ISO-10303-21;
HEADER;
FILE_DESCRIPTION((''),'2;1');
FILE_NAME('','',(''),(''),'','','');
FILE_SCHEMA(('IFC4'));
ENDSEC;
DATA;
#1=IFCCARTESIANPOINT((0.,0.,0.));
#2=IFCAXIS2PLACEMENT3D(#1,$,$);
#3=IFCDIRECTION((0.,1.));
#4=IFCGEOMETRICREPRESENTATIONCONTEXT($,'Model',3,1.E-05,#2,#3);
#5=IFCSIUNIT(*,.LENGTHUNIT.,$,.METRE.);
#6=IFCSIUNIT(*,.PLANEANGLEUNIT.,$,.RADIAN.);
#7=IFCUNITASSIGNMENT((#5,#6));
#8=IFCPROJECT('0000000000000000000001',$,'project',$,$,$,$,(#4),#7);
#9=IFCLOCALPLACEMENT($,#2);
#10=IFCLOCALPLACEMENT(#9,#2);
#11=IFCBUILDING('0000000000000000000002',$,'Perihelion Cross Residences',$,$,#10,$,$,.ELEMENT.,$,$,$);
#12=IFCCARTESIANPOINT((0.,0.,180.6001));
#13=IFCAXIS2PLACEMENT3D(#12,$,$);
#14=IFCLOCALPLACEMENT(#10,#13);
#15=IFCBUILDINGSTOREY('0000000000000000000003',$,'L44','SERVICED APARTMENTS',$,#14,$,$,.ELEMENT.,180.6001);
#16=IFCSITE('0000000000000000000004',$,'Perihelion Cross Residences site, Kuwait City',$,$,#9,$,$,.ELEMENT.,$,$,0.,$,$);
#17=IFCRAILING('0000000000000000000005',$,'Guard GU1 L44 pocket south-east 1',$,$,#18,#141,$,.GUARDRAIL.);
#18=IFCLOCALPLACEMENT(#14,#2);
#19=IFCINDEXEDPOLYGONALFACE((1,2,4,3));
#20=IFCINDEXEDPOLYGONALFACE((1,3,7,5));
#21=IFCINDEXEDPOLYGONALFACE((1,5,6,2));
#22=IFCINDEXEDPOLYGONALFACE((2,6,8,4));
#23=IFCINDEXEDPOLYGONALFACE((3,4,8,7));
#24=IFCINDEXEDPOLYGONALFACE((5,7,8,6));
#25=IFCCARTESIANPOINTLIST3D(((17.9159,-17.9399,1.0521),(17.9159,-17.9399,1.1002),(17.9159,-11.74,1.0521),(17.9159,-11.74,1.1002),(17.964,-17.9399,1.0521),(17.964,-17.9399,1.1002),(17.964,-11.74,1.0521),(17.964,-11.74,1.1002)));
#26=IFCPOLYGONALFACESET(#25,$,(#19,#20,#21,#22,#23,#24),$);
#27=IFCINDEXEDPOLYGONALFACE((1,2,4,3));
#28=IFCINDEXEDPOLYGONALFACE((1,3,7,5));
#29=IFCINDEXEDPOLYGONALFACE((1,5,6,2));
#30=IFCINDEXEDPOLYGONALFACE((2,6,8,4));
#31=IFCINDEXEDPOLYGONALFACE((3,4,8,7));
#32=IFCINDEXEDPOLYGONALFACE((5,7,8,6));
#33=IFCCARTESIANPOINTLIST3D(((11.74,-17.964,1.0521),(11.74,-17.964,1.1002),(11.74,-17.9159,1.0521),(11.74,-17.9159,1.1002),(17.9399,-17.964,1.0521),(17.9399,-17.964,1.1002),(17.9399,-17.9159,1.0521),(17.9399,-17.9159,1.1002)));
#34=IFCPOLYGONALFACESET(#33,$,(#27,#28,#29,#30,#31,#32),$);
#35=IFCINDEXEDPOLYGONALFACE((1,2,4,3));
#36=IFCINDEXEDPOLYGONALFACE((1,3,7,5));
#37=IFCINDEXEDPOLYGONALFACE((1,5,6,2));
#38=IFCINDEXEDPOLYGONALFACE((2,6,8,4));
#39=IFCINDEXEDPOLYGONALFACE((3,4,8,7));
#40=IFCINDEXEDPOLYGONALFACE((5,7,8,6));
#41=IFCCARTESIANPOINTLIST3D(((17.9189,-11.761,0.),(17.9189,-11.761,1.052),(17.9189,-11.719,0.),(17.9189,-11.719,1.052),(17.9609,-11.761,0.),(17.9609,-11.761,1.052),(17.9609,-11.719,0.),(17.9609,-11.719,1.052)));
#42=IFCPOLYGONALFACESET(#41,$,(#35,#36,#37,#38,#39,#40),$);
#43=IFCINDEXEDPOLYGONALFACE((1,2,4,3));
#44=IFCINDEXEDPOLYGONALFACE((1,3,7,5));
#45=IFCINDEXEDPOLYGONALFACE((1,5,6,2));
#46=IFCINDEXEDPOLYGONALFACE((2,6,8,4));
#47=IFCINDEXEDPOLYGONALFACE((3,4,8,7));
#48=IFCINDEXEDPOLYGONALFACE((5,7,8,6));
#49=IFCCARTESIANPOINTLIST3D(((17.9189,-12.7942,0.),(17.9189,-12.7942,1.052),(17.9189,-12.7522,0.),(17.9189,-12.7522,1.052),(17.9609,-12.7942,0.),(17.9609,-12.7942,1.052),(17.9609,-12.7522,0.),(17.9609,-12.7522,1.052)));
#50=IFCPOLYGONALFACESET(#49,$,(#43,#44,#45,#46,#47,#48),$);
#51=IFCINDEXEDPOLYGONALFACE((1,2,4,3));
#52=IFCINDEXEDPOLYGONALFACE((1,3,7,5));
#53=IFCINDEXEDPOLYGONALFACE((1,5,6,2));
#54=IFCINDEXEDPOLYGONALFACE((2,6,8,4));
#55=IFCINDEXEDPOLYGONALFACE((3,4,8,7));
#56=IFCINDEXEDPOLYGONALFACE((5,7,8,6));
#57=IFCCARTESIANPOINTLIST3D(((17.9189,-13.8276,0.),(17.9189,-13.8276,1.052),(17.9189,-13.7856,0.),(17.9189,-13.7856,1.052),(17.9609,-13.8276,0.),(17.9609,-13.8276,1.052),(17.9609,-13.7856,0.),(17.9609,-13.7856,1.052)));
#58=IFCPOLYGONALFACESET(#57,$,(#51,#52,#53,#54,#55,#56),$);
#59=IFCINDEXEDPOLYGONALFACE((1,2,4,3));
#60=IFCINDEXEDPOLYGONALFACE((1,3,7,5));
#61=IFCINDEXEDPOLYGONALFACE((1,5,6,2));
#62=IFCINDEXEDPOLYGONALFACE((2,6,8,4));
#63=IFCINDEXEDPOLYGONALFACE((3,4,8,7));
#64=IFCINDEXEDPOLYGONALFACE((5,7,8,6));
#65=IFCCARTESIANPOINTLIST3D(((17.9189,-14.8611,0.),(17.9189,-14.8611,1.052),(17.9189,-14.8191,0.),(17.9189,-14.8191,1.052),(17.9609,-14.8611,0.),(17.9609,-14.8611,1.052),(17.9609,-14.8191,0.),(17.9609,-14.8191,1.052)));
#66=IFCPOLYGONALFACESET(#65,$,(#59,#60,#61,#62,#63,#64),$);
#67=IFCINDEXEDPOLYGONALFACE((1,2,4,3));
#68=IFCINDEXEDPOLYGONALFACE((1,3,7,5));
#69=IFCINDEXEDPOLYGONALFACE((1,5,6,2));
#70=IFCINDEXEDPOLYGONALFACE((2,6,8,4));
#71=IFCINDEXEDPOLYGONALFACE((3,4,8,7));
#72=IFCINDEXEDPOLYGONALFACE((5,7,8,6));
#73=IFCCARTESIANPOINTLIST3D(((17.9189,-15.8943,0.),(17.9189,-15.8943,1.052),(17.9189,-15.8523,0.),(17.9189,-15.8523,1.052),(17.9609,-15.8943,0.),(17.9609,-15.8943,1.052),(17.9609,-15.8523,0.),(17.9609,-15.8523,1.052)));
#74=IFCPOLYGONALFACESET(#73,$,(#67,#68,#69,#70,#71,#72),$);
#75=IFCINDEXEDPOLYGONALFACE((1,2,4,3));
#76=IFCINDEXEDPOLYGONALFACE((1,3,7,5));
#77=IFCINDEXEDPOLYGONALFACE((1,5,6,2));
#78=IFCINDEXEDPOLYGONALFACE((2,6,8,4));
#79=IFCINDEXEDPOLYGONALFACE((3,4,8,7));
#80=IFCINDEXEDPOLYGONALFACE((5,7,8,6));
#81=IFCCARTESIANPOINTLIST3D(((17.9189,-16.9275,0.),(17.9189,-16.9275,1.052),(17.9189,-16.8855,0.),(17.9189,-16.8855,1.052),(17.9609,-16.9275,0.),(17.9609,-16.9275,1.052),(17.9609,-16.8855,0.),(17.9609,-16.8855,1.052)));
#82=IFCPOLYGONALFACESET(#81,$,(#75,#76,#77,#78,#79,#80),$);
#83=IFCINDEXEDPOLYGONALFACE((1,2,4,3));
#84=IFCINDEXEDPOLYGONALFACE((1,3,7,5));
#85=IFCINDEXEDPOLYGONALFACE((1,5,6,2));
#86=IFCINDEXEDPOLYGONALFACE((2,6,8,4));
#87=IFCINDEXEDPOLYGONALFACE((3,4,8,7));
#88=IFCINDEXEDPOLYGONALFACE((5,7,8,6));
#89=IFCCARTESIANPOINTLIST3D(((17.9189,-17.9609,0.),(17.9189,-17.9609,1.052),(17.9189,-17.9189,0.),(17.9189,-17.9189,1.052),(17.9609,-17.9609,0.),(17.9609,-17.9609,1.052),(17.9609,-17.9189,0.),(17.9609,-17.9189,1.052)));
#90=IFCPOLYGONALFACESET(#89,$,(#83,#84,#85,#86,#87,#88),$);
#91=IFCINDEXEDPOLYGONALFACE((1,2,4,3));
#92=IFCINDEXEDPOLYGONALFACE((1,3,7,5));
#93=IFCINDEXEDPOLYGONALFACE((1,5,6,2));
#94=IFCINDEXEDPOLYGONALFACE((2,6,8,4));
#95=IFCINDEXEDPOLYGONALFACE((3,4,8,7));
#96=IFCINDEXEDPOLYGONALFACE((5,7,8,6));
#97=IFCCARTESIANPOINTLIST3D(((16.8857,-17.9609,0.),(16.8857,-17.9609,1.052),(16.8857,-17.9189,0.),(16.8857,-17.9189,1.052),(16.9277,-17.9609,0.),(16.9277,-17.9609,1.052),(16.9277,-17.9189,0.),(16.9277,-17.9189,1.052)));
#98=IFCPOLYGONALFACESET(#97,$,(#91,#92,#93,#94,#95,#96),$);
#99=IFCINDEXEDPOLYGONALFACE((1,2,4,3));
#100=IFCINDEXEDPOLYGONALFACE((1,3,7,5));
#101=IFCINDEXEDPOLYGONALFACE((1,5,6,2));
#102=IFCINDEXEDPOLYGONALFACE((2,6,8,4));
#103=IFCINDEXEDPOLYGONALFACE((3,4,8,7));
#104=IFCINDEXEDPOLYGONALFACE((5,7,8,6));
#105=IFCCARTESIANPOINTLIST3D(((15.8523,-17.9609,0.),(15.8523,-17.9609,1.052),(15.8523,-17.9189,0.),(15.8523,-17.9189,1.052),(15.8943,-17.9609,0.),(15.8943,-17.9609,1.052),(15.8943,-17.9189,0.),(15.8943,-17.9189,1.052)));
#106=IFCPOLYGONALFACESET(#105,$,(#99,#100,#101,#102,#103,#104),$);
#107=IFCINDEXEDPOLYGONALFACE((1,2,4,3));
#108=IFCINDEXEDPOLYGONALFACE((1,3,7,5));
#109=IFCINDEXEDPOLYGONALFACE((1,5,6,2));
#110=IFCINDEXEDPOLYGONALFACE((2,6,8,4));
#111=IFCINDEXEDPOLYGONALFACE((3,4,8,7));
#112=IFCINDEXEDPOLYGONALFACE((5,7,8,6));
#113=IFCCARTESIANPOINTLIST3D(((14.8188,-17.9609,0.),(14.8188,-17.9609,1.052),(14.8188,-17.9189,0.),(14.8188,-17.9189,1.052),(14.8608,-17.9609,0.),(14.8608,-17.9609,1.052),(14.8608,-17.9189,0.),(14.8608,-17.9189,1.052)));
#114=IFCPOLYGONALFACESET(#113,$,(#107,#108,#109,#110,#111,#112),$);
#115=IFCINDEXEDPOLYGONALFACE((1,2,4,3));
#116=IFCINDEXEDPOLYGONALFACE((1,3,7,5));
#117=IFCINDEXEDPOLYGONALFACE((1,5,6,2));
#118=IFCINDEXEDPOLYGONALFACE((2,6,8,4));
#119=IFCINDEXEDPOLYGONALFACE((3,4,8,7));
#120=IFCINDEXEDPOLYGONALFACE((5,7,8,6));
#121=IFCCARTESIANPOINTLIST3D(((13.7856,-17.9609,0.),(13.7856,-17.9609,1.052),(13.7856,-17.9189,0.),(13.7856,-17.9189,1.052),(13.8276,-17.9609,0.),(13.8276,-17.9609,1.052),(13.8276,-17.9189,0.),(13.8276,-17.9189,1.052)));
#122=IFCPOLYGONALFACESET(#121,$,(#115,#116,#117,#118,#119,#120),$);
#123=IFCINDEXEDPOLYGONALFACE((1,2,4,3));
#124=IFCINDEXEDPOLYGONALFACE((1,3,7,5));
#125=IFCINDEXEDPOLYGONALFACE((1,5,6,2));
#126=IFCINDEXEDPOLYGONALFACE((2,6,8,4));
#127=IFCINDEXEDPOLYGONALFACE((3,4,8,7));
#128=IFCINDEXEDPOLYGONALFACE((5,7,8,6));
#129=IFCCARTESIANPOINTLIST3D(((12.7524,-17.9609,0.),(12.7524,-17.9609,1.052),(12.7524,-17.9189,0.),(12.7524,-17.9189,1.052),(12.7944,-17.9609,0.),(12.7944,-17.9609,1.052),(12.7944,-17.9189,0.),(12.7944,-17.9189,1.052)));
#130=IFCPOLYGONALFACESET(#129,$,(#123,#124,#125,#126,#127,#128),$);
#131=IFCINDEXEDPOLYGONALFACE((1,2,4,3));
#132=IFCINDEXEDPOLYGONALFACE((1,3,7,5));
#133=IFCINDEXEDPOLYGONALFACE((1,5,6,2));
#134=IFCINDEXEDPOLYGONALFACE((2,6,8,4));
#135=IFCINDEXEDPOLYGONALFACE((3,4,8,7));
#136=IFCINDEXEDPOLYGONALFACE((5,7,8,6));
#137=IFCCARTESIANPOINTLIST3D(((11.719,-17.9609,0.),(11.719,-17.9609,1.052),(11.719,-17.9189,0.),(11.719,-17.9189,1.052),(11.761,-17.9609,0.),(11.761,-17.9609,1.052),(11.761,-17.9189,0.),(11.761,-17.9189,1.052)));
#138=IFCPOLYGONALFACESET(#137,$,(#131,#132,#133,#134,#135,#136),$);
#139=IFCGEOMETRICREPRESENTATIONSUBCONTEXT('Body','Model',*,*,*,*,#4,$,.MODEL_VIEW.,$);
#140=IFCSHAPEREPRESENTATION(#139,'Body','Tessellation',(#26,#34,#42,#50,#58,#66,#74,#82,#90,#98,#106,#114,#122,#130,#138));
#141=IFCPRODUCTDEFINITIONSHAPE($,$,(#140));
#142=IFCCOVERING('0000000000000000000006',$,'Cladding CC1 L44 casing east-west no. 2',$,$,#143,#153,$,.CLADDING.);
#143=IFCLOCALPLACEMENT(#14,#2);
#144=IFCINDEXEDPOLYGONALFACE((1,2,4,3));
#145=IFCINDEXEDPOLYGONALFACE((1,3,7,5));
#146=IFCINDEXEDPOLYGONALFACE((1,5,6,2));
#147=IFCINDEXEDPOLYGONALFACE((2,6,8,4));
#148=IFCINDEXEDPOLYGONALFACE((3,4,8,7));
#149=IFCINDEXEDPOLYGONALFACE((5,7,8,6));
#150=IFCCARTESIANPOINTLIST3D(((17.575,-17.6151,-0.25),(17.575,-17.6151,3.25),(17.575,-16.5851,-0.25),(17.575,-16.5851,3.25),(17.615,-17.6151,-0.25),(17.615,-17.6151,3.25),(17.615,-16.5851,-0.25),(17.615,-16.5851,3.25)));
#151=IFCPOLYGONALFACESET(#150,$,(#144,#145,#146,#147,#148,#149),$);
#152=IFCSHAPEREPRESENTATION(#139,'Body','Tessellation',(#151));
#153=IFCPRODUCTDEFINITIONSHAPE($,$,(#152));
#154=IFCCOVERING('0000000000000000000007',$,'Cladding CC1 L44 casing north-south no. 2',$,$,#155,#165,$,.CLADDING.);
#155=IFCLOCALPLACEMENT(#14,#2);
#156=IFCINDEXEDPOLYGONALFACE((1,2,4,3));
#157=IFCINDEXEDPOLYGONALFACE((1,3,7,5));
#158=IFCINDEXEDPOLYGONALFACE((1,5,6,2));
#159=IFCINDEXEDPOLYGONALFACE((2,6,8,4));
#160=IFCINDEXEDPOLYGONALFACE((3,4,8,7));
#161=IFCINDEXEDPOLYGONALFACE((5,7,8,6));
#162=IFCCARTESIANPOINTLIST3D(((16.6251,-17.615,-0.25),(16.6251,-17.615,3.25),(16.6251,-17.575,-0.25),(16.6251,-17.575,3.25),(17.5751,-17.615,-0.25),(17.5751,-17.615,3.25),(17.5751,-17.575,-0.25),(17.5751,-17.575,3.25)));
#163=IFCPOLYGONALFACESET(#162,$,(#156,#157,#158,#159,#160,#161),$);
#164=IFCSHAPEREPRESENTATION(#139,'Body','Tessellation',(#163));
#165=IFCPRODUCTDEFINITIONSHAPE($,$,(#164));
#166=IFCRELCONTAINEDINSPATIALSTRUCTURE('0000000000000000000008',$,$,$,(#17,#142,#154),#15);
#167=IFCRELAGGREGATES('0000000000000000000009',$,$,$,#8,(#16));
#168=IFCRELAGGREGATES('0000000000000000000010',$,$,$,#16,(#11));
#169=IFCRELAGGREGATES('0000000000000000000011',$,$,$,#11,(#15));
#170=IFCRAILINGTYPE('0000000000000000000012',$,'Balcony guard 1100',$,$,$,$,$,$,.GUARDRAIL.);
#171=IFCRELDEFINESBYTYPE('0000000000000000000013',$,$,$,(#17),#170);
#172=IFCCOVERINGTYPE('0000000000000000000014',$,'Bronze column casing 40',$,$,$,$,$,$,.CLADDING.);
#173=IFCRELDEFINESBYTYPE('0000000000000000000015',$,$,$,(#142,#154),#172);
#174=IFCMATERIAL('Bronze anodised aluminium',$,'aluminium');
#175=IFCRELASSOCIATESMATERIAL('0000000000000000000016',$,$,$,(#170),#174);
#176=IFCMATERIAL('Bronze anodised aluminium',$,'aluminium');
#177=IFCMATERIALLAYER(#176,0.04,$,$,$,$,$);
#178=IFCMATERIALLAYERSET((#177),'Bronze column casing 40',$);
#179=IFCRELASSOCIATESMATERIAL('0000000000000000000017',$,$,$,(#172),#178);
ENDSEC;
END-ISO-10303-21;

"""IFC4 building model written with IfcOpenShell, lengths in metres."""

from ifc_helpers import new_model, si_unit, direction, frame, origin, origin_2d, place, context, subcontext, project, spatial, rectangle, extrude, material, layer, layer_set, type_object, element, save


model = new_model("IFC4")

# Units and contexts
model_context = context("Model", 3, precision=1e-05, world=origin(), true_north=direction((0.0, 1.0)))
body_context = subcontext(model_context, "Body", "Model", "MODEL_VIEW")
ifc_project = project(units=[si_unit("LENGTHUNIT", "METRE"), si_unit("PLANEANGLEUNIT", "RADIAN")], contexts=[model_context])

# Site, building, storey
site_placement = place(None, origin())
site = spatial("IfcSite", under=ifc_project, at=site_placement, Name="Perihelion Cross Residences site, Kuwait City", CompositionType="ELEMENT", RefElevation=0.0)
building_placement = place(site_placement, origin())
building = spatial("IfcBuilding", under=site, at=building_placement, Name="Perihelion Cross Residences", CompositionType="ELEMENT")
storey_placement = place(building_placement, frame((0.0, 0.0, 180.6001)))
storey = spatial("IfcBuildingStorey", under=building, at=storey_placement, Name="L44", Description="SERVICED APARTMENTS", CompositionType="ELEMENT", Elevation=180.6001)

# Railing
ifc_material_1 = material(Name="Bronze anodised aluminium", Category="aluminium")
railing_type = type_object("IfcRailingType", Name="Balcony guard 1100", PredefinedType="GUARDRAIL", material=ifc_material_1)
railing_1_placement = place(storey_placement, frame((17.9399, -11.74, 0.0)))
element("IfcRailing", 1, at=railing_1_placement, inside=storey, type_object=railing_type, Name="Guard GU1 L44 pocket south-east 1", PredefinedType="GUARDRAIL", context=body_context, shape_type="SweptSolid", body=[
    extrude(rectangle(XDim=0.0481, YDim=0.0481, at=origin_2d()), frame((0.0, 0.0, 1.0762), z_axis=(0.0, -1.0, 0.0), x_axis=(1.0, 0.0, 0.0)), (0.0, 0.0, 1.0), 6.2),
    extrude(rectangle(XDim=0.0481, YDim=0.0481, at=origin_2d()), frame((0.0, -6.2, 1.0762), z_axis=(-1.0, 0.0, 0.0), x_axis=(0.0, -1.0, 0.0)), (0.0, 0.0, 1.0), 6.2),
    extrude(rectangle(XDim=0.042, YDim=0.042, at=origin_2d()), origin(), (0.0, 0.0, 1.0), 1.052),
    extrude(rectangle(XDim=0.042, YDim=0.042, at=origin_2d()), frame((0.0, -1.0332, 0.0)), (0.0, 0.0, 1.0), 1.052),
    extrude(rectangle(XDim=0.042, YDim=0.042, at=origin_2d()), frame((0.0, -2.0667, 0.0)), (0.0, 0.0, 1.0), 1.052),
    extrude(rectangle(XDim=0.042, YDim=0.042, at=origin_2d()), frame((0.0, -3.1001, 0.0)), (0.0, 0.0, 1.0), 1.052),
    extrude(rectangle(XDim=0.042, YDim=0.042, at=origin_2d()), frame((0.0, -4.1333, 0.0)), (0.0, 0.0, 1.0), 1.052),
    extrude(rectangle(XDim=0.042, YDim=0.042, at=origin_2d()), frame((0.0, -5.1665, 0.0)), (0.0, 0.0, 1.0), 1.052),
    extrude(rectangle(XDim=0.042, YDim=0.042, at=origin_2d()), frame((0.0, -6.2, 0.0)), (0.0, 0.0, 1.0), 1.052),
    extrude(rectangle(XDim=0.042, YDim=0.042, at=origin_2d()), frame((-1.0332, -6.2, 0.0)), (0.0, 0.0, 1.0), 1.052),
    extrude(rectangle(XDim=0.042, YDim=0.042, at=origin_2d()), frame((-2.0667, -6.2, 0.0)), (0.0, 0.0, 1.0), 1.052),
    extrude(rectangle(XDim=0.042, YDim=0.042, at=origin_2d()), frame((-3.1001, -6.2, 0.0)), (0.0, 0.0, 1.0), 1.052),
    extrude(rectangle(XDim=0.042, YDim=0.042, at=origin_2d()), frame((-4.1333, -6.2, 0.0)), (0.0, 0.0, 1.0), 1.052),
    extrude(rectangle(XDim=0.042, YDim=0.042, at=origin_2d()), frame((-5.1665, -6.2, 0.0)), (0.0, 0.0, 1.0), 1.052),
    extrude(rectangle(XDim=0.042, YDim=0.042, at=origin_2d()), frame((-6.2, -6.2, 0.0)), (0.0, 0.0, 1.0), 1.052),
])

# Coverings
ifc_material_2 = material(Name="Bronze anodised aluminium", Category="aluminium")
ifc_layer_1 = layer(ifc_material_2, 0.04)
ifc_layer_set_1 = layer_set([ifc_layer_1], Name="Bronze column casing 40")
covering_type = type_object("IfcCoveringType", Name="Bronze column casing 40", PredefinedType="CLADDING", material=ifc_layer_set_1)
covering_1_placement = place(storey_placement, frame((17.595, -17.1001, -0.25), z_axis=(0.0, 0.0, 1.0), x_axis=(1.0, 0.0, 0.0)))
element("IfcCovering", 2, at=covering_1_placement, inside=storey, type_object=covering_type, Name="Cladding CC1 L44 casing east-west no. 2", PredefinedType="CLADDING", context=body_context, shape_type="SweptSolid", body=[
    extrude(rectangle(XDim=0.04, YDim=1.03, at=origin_2d()), origin(), (0.0, 0.0, 1.0), 3.5),
])
covering_2_placement = place(storey_placement, frame((17.1001, -17.595, -0.25), z_axis=(0.0, 0.0, 1.0), x_axis=(1.0, 0.0, 0.0)))
element("IfcCovering", 3, at=covering_2_placement, inside=storey, type_object=covering_type, Name="Cladding CC1 L44 casing north-south no. 2", PredefinedType="CLADDING", context=body_context, shape_type="SweptSolid", body=[
    extrude(rectangle(XDim=0.95, YDim=0.04, at=origin_2d()), origin(), (0.0, 0.0, 1.0), 3.5),
])

save(model, "model.ifc")
